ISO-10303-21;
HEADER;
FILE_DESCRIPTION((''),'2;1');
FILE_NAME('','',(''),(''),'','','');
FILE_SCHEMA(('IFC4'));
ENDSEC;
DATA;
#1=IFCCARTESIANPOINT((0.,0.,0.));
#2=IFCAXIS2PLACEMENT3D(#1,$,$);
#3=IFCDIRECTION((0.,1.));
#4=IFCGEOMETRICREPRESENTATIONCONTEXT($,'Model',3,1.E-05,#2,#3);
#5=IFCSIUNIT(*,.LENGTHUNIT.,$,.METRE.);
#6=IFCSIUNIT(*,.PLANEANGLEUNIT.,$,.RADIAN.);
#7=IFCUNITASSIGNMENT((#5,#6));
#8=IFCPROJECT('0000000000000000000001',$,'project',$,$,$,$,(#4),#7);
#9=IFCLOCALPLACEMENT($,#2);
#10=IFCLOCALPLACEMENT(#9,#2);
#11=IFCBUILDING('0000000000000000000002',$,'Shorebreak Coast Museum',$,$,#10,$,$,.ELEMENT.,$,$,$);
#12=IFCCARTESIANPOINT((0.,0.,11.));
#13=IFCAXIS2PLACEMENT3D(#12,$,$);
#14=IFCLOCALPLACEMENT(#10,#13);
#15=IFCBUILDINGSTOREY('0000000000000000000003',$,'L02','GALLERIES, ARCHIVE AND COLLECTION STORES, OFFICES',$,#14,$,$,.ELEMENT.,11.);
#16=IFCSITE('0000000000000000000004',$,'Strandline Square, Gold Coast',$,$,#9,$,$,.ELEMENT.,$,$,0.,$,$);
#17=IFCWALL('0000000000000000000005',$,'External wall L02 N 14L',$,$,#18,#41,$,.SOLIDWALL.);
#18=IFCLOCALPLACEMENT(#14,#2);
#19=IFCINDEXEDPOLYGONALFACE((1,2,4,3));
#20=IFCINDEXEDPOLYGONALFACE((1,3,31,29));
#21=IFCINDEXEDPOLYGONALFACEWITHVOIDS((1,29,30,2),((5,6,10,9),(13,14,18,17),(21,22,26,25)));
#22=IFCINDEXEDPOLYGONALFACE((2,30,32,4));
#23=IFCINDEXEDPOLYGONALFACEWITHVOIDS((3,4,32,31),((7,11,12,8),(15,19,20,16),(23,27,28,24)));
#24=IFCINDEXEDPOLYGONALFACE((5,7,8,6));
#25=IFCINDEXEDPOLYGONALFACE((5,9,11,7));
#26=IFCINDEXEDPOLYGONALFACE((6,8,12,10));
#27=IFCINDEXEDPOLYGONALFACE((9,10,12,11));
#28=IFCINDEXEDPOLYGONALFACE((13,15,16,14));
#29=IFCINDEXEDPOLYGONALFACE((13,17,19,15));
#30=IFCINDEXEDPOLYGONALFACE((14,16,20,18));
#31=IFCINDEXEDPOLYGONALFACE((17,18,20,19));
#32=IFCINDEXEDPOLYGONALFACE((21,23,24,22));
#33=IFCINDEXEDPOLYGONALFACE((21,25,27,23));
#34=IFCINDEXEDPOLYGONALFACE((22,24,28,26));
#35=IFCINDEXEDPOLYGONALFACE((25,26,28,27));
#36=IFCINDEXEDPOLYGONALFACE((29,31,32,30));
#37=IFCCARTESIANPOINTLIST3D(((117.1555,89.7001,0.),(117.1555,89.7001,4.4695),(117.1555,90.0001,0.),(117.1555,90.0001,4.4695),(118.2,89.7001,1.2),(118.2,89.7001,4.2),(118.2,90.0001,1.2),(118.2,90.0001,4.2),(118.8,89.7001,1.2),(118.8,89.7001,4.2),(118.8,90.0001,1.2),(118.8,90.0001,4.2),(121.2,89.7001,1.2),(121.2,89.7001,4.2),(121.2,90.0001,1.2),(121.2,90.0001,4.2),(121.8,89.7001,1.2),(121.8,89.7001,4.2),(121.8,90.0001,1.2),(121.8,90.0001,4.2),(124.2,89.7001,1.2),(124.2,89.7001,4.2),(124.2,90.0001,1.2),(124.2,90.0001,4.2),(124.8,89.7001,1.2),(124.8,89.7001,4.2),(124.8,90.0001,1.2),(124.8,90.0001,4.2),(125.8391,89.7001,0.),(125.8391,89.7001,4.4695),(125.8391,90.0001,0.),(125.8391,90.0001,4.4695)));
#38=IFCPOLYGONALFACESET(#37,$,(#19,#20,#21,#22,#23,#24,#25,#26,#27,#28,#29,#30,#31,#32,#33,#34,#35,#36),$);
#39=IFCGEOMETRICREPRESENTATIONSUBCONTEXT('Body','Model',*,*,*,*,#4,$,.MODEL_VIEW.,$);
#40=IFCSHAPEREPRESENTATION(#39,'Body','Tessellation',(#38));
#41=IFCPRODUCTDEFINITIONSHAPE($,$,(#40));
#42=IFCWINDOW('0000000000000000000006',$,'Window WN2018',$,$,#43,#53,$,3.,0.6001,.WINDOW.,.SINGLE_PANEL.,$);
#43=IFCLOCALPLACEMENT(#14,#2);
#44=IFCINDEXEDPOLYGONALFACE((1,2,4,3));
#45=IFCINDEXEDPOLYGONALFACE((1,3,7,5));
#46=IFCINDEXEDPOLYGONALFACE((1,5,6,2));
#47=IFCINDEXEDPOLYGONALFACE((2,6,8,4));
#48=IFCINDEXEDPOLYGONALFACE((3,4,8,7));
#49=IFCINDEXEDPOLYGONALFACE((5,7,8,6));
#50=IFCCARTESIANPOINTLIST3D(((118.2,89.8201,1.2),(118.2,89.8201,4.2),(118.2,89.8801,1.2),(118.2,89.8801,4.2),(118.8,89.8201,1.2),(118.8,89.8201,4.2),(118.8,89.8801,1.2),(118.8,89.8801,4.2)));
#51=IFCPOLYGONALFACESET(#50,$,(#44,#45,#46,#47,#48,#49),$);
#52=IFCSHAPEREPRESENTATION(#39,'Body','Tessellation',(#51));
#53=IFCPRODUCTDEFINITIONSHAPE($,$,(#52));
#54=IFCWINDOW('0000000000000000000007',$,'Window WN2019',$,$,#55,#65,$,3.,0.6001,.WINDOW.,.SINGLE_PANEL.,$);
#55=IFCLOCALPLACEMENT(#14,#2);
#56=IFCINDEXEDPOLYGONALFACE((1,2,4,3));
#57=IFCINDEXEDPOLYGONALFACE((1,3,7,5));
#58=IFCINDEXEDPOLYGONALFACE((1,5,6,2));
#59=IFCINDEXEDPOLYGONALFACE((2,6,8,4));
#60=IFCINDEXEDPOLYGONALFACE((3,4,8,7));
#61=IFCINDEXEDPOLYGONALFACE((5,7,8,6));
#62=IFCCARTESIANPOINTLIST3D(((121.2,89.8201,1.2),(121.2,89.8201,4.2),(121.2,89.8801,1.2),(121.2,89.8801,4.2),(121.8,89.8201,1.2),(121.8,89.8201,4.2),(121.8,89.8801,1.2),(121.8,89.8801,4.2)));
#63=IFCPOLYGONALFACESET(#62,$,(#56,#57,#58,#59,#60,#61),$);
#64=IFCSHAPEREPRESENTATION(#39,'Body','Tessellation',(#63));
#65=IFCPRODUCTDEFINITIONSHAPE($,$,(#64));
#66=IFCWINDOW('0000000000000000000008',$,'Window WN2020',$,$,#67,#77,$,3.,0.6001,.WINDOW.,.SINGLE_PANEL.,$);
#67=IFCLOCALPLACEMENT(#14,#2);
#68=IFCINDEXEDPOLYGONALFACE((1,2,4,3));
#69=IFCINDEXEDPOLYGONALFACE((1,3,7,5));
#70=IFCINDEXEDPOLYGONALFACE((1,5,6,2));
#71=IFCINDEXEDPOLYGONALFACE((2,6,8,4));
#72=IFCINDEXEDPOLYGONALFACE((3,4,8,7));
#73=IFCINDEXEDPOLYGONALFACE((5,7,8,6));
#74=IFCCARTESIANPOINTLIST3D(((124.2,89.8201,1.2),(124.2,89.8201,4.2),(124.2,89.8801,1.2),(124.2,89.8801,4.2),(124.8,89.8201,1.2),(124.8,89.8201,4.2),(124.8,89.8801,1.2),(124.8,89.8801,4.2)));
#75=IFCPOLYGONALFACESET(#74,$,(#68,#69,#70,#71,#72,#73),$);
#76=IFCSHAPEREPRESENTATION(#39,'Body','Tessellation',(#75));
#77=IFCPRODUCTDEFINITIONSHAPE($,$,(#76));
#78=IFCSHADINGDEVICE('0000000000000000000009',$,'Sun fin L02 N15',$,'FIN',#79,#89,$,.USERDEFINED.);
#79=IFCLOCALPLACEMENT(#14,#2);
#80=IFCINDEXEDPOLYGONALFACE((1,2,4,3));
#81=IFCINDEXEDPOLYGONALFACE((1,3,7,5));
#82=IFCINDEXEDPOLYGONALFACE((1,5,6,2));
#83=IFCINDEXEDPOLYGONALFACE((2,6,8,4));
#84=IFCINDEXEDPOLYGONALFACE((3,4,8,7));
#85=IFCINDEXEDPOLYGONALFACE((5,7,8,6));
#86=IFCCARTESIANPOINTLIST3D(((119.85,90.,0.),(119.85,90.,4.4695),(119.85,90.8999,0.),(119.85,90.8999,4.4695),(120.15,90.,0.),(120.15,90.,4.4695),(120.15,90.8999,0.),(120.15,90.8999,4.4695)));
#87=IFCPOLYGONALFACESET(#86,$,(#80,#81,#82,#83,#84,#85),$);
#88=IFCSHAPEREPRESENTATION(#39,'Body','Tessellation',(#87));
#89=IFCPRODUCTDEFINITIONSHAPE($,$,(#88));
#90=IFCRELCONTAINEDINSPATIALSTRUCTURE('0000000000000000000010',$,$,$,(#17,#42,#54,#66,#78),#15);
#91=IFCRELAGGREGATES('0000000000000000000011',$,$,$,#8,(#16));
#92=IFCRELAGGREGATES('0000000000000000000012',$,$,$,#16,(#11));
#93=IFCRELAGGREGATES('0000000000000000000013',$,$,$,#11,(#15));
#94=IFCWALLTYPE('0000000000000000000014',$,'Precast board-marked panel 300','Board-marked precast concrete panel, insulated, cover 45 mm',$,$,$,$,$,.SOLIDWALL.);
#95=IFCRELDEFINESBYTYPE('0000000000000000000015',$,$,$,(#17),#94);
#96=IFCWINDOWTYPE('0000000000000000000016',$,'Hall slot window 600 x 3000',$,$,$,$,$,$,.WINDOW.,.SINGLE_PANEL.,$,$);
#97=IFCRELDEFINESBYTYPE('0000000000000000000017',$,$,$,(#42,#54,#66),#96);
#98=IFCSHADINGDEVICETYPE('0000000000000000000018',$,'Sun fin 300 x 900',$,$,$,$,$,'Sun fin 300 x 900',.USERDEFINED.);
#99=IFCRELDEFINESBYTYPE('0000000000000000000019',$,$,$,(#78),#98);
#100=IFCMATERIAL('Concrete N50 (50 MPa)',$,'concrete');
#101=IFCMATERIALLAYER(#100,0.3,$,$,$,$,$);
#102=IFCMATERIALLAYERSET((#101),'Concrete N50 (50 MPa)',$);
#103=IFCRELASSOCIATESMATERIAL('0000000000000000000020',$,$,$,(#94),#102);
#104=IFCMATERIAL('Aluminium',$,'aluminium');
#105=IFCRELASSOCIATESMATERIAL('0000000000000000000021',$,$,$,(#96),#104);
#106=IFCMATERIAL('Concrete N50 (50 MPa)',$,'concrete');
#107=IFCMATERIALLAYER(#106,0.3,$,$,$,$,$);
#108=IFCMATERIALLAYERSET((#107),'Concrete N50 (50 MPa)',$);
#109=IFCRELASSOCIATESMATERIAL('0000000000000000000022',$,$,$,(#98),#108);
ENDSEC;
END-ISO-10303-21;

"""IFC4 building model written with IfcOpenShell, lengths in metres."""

from ifc_helpers import new_model, si_unit, direction, frame, frame_2d, origin, origin_2d, place, context, subcontext, project, spatial, rectangle, extrude, material, layer, layer_set, type_object, element, fill, save


model = new_model("IFC4")

# Units and contexts
model_context = context("Model", 3, precision=1e-05, world=origin(), true_north=direction((0.0, 1.0)))
body_context = subcontext(model_context, "Body", "Model", "MODEL_VIEW")
ifc_project = project(units=[si_unit("LENGTHUNIT", "METRE"), si_unit("PLANEANGLEUNIT", "RADIAN")], contexts=[model_context])

# Site, building, storey
site_placement = place(None, origin())
site = spatial("IfcSite", under=ifc_project, at=site_placement, Name="Strandline Square, Gold Coast", CompositionType="ELEMENT", RefElevation=0.0)
building_placement = place(site_placement, origin())
building = spatial("IfcBuilding", under=site, at=building_placement, Name="Shorebreak Coast Museum", CompositionType="ELEMENT")
storey_placement = place(building_placement, frame((0.0, 0.0, 11.0)))
storey = spatial("IfcBuildingStorey", under=building, at=storey_placement, Name="L02", Description="GALLERIES, ARCHIVE AND COLLECTION STORES, OFFICES", CompositionType="ELEMENT", Elevation=11.0)

# Wall, openings, windows
ifc_material_1 = material(Name="Concrete N50 (50 MPa)", Category="concrete")
ifc_layer_1 = layer(ifc_material_1, 0.3)
ifc_layer_set_1 = layer_set([ifc_layer_1], Name="Concrete N50 (50 MPa)")
wall_type_1 = type_object("IfcWallType", Name="Precast board-marked panel 300", Description="Board-marked precast concrete panel, insulated, cover 45 mm", PredefinedType="SOLIDWALL", material=ifc_layer_set_1)
wall_1_placement = place(storey_placement, frame((117.1555, 89.8501, 0.0), z_axis=(0.0, 0.0, 1.0), x_axis=(1.0, 0.0, 0.0)))
wall_1 = element("IfcWall", 1, at=wall_1_placement, inside=storey, type_object=wall_type_1, Name="External wall L02 N 14L", PredefinedType="SOLIDWALL", context=body_context, shape_type="SweptSolid", body=[
    extrude(rectangle(XDim=8.6836, YDim=0.3, at=frame_2d((4.3418, 0.0))), origin(), (0.0, 0.0, 1.0), 4.4695),
])
opening_1_placement = place(wall_1_placement, frame((1.0444, 0.0, 1.2)))
opening_1 = element("IfcOpeningElement", 2, at=opening_1_placement, cuts=wall_1, PredefinedType="OPENING", context=body_context, shape_type="SweptSolid", body=[
    extrude(rectangle(XDim=0.6001, YDim=3.0, at=frame_2d((0.3, 1.5))), frame((0.0, 0.1599, 0.0), z_axis=(0.0, -1.0, 0.0), x_axis=(1.0, 0.0, 0.0)), (0.0, 0.0, 1.0), 0.3201),
])
opening_2_placement = place(wall_1_placement, frame((4.0444, 0.0, 1.2)))
opening_2 = element("IfcOpeningElement", 3, at=opening_2_placement, cuts=wall_1, PredefinedType="OPENING", context=body_context, shape_type="SweptSolid", body=[
    extrude(rectangle(XDim=0.6001, YDim=3.0, at=frame_2d((0.3, 1.5))), frame((0.0, 0.1599, 0.0), z_axis=(0.0, -1.0, 0.0), x_axis=(1.0, 0.0, 0.0)), (0.0, 0.0, 1.0), 0.3201),
])
opening_3_placement = place(wall_1_placement, frame((7.0444, 0.0, 1.2)))
opening_3 = element("IfcOpeningElement", 4, at=opening_3_placement, cuts=wall_1, PredefinedType="OPENING", context=body_context, shape_type="SweptSolid", body=[
    extrude(rectangle(XDim=0.6001, YDim=3.0, at=frame_2d((0.3, 1.5))), frame((0.0, 0.1599, 0.0), z_axis=(0.0, -1.0, 0.0), x_axis=(1.0, 0.0, 0.0)), (0.0, 0.0, 1.0), 0.3201),
])
ifc_material_2 = material(Name="Aluminium", Category="aluminium")
window_type_1 = type_object("IfcWindowType", Name="Hall slot window 600 x 3000", PartitioningType="SINGLE_PANEL", PredefinedType="WINDOW", material=ifc_material_2)
window_1_placement = place(opening_1_placement, origin())
window_1 = element("IfcWindow", 5, at=window_1_placement, inside=storey, type_object=window_type_1, Name="Window WN2018", OverallHeight=3.0, OverallWidth=0.6001, PartitioningType="SINGLE_PANEL", PredefinedType="WINDOW", context=body_context, shape_type="SweptSolid", body=[
    extrude(rectangle(XDim=0.6001, YDim=3.0, at=frame_2d((0.3, 1.5))), frame((0.0, 0.03, 0.0), z_axis=(0.0, -1.0, 0.0), x_axis=(1.0, 0.0, 0.0)), (0.0, 0.0, 1.0), 0.0601),
])
fill(opening_1, window_1)
window_2_placement = place(opening_2_placement, origin())
window_2 = element("IfcWindow", 6, at=window_2_placement, inside=storey, type_object=window_type_1, Name="Window WN2019", OverallHeight=3.0, OverallWidth=0.6001, PartitioningType="SINGLE_PANEL", PredefinedType="WINDOW", context=body_context, shape_type="SweptSolid", body=[
    extrude(rectangle(XDim=0.6001, YDim=3.0, at=frame_2d((0.3, 1.5))), frame((0.0, 0.03, 0.0), z_axis=(0.0, -1.0, 0.0), x_axis=(1.0, 0.0, 0.0)), (0.0, 0.0, 1.0), 0.0601),
])
fill(opening_2, window_2)
window_3_placement = place(opening_3_placement, origin())
window_3 = element("IfcWindow", 7, at=window_3_placement, inside=storey, type_object=window_type_1, Name="Window WN2020", OverallHeight=3.0, OverallWidth=0.6001, PartitioningType="SINGLE_PANEL", PredefinedType="WINDOW", context=body_context, shape_type="SweptSolid", body=[
    extrude(rectangle(XDim=0.6001, YDim=3.0, at=frame_2d((0.3, 1.5))), frame((0.0, 0.03, 0.0), z_axis=(0.0, -1.0, 0.0), x_axis=(1.0, 0.0, 0.0)), (0.0, 0.0, 1.0), 0.0601),
])
fill(opening_3, window_3)

# Shading device
ifc_material_3 = material(Name="Concrete N50 (50 MPa)", Category="concrete")
ifc_layer_2 = layer(ifc_material_3, 0.3)
ifc_layer_set_2 = layer_set([ifc_layer_2], Name="Concrete N50 (50 MPa)")
shading_device_type = type_object("IfcShadingDeviceType", Name="Sun fin 300 x 900", ElementType="Sun fin 300 x 900", PredefinedType="USERDEFINED", material=ifc_layer_set_2)
shading_device_placement = place(storey_placement, frame((120.0, 90.45, 0.0), z_axis=(0.0, 0.0, 1.0), x_axis=(1.0, 0.0, 0.0)))
element("IfcShadingDevice", 8, at=shading_device_placement, inside=storey, type_object=shading_device_type, Name="Sun fin L02 N15", ObjectType="FIN", PredefinedType="USERDEFINED", context=body_context, shape_type="SweptSolid", body=[
    extrude(rectangle(XDim=0.3, YDim=0.8999, at=origin_2d()), origin(), (0.0, 0.0, 1.0), 4.4695),
])

save(model, "model.ifc")
